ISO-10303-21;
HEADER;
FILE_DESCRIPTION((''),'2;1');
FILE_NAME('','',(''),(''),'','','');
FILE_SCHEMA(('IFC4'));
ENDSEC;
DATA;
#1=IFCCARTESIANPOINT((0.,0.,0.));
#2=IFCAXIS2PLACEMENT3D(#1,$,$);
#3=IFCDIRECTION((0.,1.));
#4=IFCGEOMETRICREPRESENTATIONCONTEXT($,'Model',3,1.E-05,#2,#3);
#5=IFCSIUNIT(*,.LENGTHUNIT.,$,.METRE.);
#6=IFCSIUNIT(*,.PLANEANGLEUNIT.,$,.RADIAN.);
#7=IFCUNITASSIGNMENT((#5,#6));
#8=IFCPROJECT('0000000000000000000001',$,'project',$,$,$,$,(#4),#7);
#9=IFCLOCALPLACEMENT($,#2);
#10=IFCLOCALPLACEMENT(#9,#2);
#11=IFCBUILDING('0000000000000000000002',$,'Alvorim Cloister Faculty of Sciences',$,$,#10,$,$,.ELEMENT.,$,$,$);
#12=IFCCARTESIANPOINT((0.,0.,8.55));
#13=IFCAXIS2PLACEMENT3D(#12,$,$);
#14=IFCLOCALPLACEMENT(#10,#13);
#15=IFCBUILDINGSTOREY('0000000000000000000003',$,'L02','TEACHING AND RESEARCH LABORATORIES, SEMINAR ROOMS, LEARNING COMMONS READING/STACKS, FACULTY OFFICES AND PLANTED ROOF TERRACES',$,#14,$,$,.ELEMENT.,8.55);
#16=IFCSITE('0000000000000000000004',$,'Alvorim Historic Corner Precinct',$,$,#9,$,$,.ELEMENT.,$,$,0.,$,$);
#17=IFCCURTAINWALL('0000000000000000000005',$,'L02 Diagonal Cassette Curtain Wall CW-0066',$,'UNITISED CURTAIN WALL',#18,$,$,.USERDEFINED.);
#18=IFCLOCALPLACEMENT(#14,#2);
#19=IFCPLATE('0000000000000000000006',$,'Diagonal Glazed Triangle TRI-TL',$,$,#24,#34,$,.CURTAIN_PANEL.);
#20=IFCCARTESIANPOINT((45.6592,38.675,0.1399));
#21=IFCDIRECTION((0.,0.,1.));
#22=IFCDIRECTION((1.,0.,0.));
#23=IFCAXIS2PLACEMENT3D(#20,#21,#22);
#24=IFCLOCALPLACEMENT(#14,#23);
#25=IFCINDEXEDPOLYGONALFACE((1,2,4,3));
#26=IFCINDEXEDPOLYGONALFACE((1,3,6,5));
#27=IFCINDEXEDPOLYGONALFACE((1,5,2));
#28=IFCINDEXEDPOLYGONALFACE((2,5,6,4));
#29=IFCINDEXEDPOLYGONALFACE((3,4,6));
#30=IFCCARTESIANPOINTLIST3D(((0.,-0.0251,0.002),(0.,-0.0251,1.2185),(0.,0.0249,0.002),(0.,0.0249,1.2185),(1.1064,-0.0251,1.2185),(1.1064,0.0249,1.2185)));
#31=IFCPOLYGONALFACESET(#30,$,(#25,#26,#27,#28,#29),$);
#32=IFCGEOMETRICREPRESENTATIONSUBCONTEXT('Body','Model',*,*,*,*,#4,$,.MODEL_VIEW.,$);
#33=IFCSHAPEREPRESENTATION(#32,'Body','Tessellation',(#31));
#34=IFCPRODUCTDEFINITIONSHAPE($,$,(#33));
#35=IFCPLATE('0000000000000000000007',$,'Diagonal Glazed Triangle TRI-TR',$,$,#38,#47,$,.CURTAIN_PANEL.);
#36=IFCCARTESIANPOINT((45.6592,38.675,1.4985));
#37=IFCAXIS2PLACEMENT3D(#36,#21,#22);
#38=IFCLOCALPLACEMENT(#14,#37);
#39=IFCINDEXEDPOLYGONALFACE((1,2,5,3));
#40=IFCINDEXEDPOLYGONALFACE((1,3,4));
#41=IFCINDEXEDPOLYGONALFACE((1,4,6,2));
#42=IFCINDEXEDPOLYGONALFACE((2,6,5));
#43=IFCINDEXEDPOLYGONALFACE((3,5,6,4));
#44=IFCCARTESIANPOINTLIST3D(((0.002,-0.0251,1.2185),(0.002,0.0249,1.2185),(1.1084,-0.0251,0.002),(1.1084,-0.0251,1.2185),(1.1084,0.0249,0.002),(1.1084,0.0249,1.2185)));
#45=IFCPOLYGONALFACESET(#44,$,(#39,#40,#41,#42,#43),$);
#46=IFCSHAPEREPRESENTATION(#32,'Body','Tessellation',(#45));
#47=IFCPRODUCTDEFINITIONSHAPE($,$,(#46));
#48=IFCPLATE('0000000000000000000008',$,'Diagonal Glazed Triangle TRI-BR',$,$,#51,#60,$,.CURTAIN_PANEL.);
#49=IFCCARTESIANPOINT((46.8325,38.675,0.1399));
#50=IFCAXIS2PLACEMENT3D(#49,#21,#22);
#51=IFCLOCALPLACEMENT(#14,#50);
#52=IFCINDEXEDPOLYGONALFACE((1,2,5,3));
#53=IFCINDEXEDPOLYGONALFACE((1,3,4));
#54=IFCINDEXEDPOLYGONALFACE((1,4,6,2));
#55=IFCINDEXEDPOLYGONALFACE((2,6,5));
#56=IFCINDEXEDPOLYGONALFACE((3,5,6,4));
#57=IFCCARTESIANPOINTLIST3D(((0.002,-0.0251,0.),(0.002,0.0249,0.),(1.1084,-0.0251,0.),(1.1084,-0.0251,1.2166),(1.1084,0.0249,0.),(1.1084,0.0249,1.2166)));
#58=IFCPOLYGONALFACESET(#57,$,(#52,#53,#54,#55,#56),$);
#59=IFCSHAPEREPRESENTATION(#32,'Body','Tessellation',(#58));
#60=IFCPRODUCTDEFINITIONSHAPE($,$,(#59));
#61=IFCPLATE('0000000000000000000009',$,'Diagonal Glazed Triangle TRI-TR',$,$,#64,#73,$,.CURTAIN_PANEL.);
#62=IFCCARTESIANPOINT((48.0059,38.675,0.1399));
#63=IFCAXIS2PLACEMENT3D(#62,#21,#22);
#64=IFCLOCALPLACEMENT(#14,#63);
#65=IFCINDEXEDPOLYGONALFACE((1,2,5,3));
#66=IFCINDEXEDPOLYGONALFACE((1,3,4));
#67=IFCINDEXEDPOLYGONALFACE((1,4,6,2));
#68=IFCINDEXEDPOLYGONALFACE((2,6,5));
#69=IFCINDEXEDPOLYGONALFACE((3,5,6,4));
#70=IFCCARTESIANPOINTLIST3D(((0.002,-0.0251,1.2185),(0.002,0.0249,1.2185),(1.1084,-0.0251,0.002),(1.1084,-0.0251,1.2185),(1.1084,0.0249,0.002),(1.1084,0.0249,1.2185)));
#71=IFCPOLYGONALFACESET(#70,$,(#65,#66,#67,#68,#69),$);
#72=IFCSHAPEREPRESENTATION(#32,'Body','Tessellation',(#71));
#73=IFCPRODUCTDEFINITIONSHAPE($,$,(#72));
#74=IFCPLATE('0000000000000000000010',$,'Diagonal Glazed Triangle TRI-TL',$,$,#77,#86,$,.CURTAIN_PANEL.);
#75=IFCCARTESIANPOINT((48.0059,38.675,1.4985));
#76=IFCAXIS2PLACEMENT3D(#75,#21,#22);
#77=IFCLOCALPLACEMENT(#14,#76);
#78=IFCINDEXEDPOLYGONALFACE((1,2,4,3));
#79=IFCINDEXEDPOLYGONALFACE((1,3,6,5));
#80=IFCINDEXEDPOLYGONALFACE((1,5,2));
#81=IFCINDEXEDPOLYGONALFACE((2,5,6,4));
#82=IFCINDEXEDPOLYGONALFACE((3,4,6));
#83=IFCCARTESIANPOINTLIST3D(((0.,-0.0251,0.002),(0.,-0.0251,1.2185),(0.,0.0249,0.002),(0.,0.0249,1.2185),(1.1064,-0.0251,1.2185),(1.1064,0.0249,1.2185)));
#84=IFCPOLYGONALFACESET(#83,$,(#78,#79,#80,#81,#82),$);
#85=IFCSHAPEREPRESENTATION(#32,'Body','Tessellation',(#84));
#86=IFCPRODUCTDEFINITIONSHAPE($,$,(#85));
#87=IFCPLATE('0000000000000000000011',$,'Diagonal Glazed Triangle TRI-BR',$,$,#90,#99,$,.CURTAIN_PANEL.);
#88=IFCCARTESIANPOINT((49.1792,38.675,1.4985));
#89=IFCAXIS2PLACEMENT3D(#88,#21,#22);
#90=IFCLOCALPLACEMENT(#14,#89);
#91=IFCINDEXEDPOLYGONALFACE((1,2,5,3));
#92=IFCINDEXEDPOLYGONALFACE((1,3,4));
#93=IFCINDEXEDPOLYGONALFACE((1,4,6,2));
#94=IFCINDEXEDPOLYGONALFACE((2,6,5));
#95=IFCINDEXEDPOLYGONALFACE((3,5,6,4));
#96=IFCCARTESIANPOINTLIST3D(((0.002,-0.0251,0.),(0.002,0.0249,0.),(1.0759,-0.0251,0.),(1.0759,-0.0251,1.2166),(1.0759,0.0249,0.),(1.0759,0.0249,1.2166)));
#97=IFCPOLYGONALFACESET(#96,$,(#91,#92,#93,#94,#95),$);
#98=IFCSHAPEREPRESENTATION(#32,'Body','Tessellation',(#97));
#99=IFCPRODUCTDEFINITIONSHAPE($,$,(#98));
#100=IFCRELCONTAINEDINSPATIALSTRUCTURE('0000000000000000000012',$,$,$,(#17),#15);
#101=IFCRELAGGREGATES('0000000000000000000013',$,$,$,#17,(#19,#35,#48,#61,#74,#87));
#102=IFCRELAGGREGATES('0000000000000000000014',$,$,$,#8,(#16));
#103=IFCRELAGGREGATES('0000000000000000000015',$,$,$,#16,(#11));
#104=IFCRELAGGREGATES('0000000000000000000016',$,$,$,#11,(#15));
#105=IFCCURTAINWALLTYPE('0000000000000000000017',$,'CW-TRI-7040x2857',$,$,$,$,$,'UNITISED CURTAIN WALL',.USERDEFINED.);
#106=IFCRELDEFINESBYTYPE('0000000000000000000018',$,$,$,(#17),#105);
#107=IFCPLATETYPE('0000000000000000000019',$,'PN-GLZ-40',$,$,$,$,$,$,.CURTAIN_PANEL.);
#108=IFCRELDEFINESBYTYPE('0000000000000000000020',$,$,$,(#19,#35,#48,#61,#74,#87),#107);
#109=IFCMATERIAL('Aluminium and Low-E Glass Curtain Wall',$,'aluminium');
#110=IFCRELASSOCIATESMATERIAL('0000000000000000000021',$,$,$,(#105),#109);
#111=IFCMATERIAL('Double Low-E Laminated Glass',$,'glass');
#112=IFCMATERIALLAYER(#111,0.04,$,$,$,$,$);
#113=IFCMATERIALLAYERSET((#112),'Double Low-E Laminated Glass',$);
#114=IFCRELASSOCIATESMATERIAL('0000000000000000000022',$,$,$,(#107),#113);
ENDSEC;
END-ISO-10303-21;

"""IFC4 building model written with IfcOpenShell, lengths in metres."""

from ifc_helpers import new_model, si_unit, direction, frame, origin, place, context, subcontext, project, spatial, polyline, outline, extrude, material, layer, layer_set, type_object, element, aggregate, save


model = new_model("IFC4")

# Units and contexts
model_context = context("Model", 3, precision=1e-05, world=origin(), true_north=direction((0.0, 1.0)))
body_context = subcontext(model_context, "Body", "Model", "MODEL_VIEW")
ifc_project = project(units=[si_unit("LENGTHUNIT", "METRE"), si_unit("PLANEANGLEUNIT", "RADIAN")], contexts=[model_context])

# Site, building, storey
site_placement = place(None, origin())
site = spatial("IfcSite", under=ifc_project, at=site_placement, Name="Alvorim Historic Corner Precinct", CompositionType="ELEMENT", RefElevation=0.0)
building_placement = place(site_placement, origin())
building = spatial("IfcBuilding", under=site, at=building_placement, Name="Alvorim Cloister Faculty of Sciences", CompositionType="ELEMENT")
storey_placement = place(building_placement, frame((0.0, 0.0, 8.55)))
storey = spatial("IfcBuildingStorey", under=building, at=storey_placement, Name="L02", Description="TEACHING AND RESEARCH LABORATORIES, SEMINAR ROOMS, LEARNING COMMONS READING/STACKS, FACULTY OFFICES AND PLANTED ROOF TERRACES", CompositionType="ELEMENT", Elevation=8.55)

# Shared definitions
ifc_material_1 = material(Name="Aluminium and Low-E Glass Curtain Wall", Category="aluminium")
curtain_wall_type = type_object("IfcCurtainWallType", Name="CW-TRI-7040x2857", ElementType="UNITISED CURTAIN WALL", PredefinedType="USERDEFINED", material=ifc_material_1)
ifc_material_2 = material(Name="Double Low-E Laminated Glass", Category="glass")
ifc_layer_1 = layer(ifc_material_2, 0.04)
ifc_layer_set_1 = layer_set([ifc_layer_1], Name="Double Low-E Laminated Glass")
plate_type = type_object("IfcPlateType", Name="PN-GLZ-40", PredefinedType="CURTAIN_PANEL", material=ifc_layer_set_1)

# Curtain wall, plates
curtain_wall_1_placement = place(storey_placement, origin())
curtain_wall_1 = element("IfcCurtainWall", 1, at=curtain_wall_1_placement, inside=storey, type_object=curtain_wall_type, Name="L02 Diagonal Cassette Curtain Wall CW-0066", ObjectType="UNITISED CURTAIN WALL", PredefinedType="USERDEFINED")
plate_1_placement = place(storey_placement, frame((45.6592, 38.675, 0.1399), z_axis=(0.0, 0.0, 1.0), x_axis=(1.0, 0.0, 0.0)))
plate_1 = element("IfcPlate", 2, at=plate_1_placement, type_object=plate_type, Name="Diagonal Glazed Triangle TRI-TL", PredefinedType="CURTAIN_PANEL", context=body_context, shape_type="SweptSolid", body=[
    extrude(outline(polyline([(1.1064, 1.2185), (0.0, 1.2185), (0.0, 0.002), (1.1064, 1.2185)])), frame((0.0, 0.0249, 0.0), z_axis=(0.0, -1.0, 0.0), x_axis=(1.0, 0.0, 0.0)), (0.0, 0.0, 1.0), 0.05),
])
plate_2_placement = place(storey_placement, frame((45.6592, 38.675, 1.4985), z_axis=(0.0, 0.0, 1.0), x_axis=(1.0, 0.0, 0.0)))
plate_2 = element("IfcPlate", 3, at=plate_2_placement, type_object=plate_type, Name="Diagonal Glazed Triangle TRI-TR", PredefinedType="CURTAIN_PANEL", context=body_context, shape_type="SweptSolid", body=[
    extrude(outline(polyline([(1.1084, 0.002), (1.1084, 1.2185), (0.002, 1.2185), (1.1084, 0.002)])), frame((0.0, 0.0249, 0.0), z_axis=(0.0, -1.0, 0.0), x_axis=(1.0, 0.0, 0.0)), (0.0, 0.0, 1.0), 0.05),
])
plate_3_placement = place(storey_placement, frame((46.8325, 38.675, 0.1399), z_axis=(0.0, 0.0, 1.0), x_axis=(1.0, 0.0, 0.0)))
plate_3 = element("IfcPlate", 4, at=plate_3_placement, type_object=plate_type, Name="Diagonal Glazed Triangle TRI-BR", PredefinedType="CURTAIN_PANEL", context=body_context, shape_type="SweptSolid", body=[
    extrude(outline(polyline([(0.002, 0.0), (1.1084, 0.0), (1.1084, 1.2166), (0.002, 0.0)])), frame((0.0, 0.0249, 0.0), z_axis=(0.0, -1.0, 0.0), x_axis=(1.0, 0.0, 0.0)), (0.0, 0.0, 1.0), 0.05),
])
plate_4_placement = place(storey_placement, frame((48.0059, 38.675, 0.1399), z_axis=(0.0, 0.0, 1.0), x_axis=(1.0, 0.0, 0.0)))
plate_4 = element("IfcPlate", 5, at=plate_4_placement, type_object=plate_type, Name="Diagonal Glazed Triangle TRI-TR", PredefinedType="CURTAIN_PANEL", context=body_context, shape_type="SweptSolid", body=[
    extrude(outline(polyline([(1.1084, 0.002), (1.1084, 1.2185), (0.002, 1.2185), (1.1084, 0.002)])), frame((0.0, 0.0249, 0.0), z_axis=(0.0, -1.0, 0.0), x_axis=(1.0, 0.0, 0.0)), (0.0, 0.0, 1.0), 0.05),
])
plate_5_placement = place(storey_placement, frame((48.0059, 38.675, 1.4985), z_axis=(0.0, 0.0, 1.0), x_axis=(1.0, 0.0, 0.0)))
plate_5 = element("IfcPlate", 6, at=plate_5_placement, type_object=plate_type, Name="Diagonal Glazed Triangle TRI-TL", PredefinedType="CURTAIN_PANEL", context=body_context, shape_type="SweptSolid", body=[
    extrude(outline(polyline([(1.1064, 1.2185), (0.0, 1.2185), (0.0, 0.002), (1.1064, 1.2185)])), frame((0.0, 0.0249, 0.0), z_axis=(0.0, -1.0, 0.0), x_axis=(1.0, 0.0, 0.0)), (0.0, 0.0, 1.0), 0.05),
])
plate_6_placement = place(storey_placement, frame((49.1792, 38.675, 1.4985), z_axis=(0.0, 0.0, 1.0), x_axis=(1.0, 0.0, 0.0)))
plate_6 = element("IfcPlate", 7, at=plate_6_placement, type_object=plate_type, Name="Diagonal Glazed Triangle TRI-BR", PredefinedType="CURTAIN_PANEL", context=body_context, shape_type="SweptSolid", body=[
    extrude(outline(polyline([(0.002, 0.0), (1.0759, 0.0), (1.0759, 1.2166), (0.002, 0.0)])), frame((0.0, 0.0249, 0.0), z_axis=(0.0, -1.0, 0.0), x_axis=(1.0, 0.0, 0.0)), (0.0, 0.0, 1.0), 0.05),
])
aggregate(curtain_wall_1, [plate_1, plate_2, plate_3, plate_4, plate_5, plate_6])

save(model, "model.ifc")
